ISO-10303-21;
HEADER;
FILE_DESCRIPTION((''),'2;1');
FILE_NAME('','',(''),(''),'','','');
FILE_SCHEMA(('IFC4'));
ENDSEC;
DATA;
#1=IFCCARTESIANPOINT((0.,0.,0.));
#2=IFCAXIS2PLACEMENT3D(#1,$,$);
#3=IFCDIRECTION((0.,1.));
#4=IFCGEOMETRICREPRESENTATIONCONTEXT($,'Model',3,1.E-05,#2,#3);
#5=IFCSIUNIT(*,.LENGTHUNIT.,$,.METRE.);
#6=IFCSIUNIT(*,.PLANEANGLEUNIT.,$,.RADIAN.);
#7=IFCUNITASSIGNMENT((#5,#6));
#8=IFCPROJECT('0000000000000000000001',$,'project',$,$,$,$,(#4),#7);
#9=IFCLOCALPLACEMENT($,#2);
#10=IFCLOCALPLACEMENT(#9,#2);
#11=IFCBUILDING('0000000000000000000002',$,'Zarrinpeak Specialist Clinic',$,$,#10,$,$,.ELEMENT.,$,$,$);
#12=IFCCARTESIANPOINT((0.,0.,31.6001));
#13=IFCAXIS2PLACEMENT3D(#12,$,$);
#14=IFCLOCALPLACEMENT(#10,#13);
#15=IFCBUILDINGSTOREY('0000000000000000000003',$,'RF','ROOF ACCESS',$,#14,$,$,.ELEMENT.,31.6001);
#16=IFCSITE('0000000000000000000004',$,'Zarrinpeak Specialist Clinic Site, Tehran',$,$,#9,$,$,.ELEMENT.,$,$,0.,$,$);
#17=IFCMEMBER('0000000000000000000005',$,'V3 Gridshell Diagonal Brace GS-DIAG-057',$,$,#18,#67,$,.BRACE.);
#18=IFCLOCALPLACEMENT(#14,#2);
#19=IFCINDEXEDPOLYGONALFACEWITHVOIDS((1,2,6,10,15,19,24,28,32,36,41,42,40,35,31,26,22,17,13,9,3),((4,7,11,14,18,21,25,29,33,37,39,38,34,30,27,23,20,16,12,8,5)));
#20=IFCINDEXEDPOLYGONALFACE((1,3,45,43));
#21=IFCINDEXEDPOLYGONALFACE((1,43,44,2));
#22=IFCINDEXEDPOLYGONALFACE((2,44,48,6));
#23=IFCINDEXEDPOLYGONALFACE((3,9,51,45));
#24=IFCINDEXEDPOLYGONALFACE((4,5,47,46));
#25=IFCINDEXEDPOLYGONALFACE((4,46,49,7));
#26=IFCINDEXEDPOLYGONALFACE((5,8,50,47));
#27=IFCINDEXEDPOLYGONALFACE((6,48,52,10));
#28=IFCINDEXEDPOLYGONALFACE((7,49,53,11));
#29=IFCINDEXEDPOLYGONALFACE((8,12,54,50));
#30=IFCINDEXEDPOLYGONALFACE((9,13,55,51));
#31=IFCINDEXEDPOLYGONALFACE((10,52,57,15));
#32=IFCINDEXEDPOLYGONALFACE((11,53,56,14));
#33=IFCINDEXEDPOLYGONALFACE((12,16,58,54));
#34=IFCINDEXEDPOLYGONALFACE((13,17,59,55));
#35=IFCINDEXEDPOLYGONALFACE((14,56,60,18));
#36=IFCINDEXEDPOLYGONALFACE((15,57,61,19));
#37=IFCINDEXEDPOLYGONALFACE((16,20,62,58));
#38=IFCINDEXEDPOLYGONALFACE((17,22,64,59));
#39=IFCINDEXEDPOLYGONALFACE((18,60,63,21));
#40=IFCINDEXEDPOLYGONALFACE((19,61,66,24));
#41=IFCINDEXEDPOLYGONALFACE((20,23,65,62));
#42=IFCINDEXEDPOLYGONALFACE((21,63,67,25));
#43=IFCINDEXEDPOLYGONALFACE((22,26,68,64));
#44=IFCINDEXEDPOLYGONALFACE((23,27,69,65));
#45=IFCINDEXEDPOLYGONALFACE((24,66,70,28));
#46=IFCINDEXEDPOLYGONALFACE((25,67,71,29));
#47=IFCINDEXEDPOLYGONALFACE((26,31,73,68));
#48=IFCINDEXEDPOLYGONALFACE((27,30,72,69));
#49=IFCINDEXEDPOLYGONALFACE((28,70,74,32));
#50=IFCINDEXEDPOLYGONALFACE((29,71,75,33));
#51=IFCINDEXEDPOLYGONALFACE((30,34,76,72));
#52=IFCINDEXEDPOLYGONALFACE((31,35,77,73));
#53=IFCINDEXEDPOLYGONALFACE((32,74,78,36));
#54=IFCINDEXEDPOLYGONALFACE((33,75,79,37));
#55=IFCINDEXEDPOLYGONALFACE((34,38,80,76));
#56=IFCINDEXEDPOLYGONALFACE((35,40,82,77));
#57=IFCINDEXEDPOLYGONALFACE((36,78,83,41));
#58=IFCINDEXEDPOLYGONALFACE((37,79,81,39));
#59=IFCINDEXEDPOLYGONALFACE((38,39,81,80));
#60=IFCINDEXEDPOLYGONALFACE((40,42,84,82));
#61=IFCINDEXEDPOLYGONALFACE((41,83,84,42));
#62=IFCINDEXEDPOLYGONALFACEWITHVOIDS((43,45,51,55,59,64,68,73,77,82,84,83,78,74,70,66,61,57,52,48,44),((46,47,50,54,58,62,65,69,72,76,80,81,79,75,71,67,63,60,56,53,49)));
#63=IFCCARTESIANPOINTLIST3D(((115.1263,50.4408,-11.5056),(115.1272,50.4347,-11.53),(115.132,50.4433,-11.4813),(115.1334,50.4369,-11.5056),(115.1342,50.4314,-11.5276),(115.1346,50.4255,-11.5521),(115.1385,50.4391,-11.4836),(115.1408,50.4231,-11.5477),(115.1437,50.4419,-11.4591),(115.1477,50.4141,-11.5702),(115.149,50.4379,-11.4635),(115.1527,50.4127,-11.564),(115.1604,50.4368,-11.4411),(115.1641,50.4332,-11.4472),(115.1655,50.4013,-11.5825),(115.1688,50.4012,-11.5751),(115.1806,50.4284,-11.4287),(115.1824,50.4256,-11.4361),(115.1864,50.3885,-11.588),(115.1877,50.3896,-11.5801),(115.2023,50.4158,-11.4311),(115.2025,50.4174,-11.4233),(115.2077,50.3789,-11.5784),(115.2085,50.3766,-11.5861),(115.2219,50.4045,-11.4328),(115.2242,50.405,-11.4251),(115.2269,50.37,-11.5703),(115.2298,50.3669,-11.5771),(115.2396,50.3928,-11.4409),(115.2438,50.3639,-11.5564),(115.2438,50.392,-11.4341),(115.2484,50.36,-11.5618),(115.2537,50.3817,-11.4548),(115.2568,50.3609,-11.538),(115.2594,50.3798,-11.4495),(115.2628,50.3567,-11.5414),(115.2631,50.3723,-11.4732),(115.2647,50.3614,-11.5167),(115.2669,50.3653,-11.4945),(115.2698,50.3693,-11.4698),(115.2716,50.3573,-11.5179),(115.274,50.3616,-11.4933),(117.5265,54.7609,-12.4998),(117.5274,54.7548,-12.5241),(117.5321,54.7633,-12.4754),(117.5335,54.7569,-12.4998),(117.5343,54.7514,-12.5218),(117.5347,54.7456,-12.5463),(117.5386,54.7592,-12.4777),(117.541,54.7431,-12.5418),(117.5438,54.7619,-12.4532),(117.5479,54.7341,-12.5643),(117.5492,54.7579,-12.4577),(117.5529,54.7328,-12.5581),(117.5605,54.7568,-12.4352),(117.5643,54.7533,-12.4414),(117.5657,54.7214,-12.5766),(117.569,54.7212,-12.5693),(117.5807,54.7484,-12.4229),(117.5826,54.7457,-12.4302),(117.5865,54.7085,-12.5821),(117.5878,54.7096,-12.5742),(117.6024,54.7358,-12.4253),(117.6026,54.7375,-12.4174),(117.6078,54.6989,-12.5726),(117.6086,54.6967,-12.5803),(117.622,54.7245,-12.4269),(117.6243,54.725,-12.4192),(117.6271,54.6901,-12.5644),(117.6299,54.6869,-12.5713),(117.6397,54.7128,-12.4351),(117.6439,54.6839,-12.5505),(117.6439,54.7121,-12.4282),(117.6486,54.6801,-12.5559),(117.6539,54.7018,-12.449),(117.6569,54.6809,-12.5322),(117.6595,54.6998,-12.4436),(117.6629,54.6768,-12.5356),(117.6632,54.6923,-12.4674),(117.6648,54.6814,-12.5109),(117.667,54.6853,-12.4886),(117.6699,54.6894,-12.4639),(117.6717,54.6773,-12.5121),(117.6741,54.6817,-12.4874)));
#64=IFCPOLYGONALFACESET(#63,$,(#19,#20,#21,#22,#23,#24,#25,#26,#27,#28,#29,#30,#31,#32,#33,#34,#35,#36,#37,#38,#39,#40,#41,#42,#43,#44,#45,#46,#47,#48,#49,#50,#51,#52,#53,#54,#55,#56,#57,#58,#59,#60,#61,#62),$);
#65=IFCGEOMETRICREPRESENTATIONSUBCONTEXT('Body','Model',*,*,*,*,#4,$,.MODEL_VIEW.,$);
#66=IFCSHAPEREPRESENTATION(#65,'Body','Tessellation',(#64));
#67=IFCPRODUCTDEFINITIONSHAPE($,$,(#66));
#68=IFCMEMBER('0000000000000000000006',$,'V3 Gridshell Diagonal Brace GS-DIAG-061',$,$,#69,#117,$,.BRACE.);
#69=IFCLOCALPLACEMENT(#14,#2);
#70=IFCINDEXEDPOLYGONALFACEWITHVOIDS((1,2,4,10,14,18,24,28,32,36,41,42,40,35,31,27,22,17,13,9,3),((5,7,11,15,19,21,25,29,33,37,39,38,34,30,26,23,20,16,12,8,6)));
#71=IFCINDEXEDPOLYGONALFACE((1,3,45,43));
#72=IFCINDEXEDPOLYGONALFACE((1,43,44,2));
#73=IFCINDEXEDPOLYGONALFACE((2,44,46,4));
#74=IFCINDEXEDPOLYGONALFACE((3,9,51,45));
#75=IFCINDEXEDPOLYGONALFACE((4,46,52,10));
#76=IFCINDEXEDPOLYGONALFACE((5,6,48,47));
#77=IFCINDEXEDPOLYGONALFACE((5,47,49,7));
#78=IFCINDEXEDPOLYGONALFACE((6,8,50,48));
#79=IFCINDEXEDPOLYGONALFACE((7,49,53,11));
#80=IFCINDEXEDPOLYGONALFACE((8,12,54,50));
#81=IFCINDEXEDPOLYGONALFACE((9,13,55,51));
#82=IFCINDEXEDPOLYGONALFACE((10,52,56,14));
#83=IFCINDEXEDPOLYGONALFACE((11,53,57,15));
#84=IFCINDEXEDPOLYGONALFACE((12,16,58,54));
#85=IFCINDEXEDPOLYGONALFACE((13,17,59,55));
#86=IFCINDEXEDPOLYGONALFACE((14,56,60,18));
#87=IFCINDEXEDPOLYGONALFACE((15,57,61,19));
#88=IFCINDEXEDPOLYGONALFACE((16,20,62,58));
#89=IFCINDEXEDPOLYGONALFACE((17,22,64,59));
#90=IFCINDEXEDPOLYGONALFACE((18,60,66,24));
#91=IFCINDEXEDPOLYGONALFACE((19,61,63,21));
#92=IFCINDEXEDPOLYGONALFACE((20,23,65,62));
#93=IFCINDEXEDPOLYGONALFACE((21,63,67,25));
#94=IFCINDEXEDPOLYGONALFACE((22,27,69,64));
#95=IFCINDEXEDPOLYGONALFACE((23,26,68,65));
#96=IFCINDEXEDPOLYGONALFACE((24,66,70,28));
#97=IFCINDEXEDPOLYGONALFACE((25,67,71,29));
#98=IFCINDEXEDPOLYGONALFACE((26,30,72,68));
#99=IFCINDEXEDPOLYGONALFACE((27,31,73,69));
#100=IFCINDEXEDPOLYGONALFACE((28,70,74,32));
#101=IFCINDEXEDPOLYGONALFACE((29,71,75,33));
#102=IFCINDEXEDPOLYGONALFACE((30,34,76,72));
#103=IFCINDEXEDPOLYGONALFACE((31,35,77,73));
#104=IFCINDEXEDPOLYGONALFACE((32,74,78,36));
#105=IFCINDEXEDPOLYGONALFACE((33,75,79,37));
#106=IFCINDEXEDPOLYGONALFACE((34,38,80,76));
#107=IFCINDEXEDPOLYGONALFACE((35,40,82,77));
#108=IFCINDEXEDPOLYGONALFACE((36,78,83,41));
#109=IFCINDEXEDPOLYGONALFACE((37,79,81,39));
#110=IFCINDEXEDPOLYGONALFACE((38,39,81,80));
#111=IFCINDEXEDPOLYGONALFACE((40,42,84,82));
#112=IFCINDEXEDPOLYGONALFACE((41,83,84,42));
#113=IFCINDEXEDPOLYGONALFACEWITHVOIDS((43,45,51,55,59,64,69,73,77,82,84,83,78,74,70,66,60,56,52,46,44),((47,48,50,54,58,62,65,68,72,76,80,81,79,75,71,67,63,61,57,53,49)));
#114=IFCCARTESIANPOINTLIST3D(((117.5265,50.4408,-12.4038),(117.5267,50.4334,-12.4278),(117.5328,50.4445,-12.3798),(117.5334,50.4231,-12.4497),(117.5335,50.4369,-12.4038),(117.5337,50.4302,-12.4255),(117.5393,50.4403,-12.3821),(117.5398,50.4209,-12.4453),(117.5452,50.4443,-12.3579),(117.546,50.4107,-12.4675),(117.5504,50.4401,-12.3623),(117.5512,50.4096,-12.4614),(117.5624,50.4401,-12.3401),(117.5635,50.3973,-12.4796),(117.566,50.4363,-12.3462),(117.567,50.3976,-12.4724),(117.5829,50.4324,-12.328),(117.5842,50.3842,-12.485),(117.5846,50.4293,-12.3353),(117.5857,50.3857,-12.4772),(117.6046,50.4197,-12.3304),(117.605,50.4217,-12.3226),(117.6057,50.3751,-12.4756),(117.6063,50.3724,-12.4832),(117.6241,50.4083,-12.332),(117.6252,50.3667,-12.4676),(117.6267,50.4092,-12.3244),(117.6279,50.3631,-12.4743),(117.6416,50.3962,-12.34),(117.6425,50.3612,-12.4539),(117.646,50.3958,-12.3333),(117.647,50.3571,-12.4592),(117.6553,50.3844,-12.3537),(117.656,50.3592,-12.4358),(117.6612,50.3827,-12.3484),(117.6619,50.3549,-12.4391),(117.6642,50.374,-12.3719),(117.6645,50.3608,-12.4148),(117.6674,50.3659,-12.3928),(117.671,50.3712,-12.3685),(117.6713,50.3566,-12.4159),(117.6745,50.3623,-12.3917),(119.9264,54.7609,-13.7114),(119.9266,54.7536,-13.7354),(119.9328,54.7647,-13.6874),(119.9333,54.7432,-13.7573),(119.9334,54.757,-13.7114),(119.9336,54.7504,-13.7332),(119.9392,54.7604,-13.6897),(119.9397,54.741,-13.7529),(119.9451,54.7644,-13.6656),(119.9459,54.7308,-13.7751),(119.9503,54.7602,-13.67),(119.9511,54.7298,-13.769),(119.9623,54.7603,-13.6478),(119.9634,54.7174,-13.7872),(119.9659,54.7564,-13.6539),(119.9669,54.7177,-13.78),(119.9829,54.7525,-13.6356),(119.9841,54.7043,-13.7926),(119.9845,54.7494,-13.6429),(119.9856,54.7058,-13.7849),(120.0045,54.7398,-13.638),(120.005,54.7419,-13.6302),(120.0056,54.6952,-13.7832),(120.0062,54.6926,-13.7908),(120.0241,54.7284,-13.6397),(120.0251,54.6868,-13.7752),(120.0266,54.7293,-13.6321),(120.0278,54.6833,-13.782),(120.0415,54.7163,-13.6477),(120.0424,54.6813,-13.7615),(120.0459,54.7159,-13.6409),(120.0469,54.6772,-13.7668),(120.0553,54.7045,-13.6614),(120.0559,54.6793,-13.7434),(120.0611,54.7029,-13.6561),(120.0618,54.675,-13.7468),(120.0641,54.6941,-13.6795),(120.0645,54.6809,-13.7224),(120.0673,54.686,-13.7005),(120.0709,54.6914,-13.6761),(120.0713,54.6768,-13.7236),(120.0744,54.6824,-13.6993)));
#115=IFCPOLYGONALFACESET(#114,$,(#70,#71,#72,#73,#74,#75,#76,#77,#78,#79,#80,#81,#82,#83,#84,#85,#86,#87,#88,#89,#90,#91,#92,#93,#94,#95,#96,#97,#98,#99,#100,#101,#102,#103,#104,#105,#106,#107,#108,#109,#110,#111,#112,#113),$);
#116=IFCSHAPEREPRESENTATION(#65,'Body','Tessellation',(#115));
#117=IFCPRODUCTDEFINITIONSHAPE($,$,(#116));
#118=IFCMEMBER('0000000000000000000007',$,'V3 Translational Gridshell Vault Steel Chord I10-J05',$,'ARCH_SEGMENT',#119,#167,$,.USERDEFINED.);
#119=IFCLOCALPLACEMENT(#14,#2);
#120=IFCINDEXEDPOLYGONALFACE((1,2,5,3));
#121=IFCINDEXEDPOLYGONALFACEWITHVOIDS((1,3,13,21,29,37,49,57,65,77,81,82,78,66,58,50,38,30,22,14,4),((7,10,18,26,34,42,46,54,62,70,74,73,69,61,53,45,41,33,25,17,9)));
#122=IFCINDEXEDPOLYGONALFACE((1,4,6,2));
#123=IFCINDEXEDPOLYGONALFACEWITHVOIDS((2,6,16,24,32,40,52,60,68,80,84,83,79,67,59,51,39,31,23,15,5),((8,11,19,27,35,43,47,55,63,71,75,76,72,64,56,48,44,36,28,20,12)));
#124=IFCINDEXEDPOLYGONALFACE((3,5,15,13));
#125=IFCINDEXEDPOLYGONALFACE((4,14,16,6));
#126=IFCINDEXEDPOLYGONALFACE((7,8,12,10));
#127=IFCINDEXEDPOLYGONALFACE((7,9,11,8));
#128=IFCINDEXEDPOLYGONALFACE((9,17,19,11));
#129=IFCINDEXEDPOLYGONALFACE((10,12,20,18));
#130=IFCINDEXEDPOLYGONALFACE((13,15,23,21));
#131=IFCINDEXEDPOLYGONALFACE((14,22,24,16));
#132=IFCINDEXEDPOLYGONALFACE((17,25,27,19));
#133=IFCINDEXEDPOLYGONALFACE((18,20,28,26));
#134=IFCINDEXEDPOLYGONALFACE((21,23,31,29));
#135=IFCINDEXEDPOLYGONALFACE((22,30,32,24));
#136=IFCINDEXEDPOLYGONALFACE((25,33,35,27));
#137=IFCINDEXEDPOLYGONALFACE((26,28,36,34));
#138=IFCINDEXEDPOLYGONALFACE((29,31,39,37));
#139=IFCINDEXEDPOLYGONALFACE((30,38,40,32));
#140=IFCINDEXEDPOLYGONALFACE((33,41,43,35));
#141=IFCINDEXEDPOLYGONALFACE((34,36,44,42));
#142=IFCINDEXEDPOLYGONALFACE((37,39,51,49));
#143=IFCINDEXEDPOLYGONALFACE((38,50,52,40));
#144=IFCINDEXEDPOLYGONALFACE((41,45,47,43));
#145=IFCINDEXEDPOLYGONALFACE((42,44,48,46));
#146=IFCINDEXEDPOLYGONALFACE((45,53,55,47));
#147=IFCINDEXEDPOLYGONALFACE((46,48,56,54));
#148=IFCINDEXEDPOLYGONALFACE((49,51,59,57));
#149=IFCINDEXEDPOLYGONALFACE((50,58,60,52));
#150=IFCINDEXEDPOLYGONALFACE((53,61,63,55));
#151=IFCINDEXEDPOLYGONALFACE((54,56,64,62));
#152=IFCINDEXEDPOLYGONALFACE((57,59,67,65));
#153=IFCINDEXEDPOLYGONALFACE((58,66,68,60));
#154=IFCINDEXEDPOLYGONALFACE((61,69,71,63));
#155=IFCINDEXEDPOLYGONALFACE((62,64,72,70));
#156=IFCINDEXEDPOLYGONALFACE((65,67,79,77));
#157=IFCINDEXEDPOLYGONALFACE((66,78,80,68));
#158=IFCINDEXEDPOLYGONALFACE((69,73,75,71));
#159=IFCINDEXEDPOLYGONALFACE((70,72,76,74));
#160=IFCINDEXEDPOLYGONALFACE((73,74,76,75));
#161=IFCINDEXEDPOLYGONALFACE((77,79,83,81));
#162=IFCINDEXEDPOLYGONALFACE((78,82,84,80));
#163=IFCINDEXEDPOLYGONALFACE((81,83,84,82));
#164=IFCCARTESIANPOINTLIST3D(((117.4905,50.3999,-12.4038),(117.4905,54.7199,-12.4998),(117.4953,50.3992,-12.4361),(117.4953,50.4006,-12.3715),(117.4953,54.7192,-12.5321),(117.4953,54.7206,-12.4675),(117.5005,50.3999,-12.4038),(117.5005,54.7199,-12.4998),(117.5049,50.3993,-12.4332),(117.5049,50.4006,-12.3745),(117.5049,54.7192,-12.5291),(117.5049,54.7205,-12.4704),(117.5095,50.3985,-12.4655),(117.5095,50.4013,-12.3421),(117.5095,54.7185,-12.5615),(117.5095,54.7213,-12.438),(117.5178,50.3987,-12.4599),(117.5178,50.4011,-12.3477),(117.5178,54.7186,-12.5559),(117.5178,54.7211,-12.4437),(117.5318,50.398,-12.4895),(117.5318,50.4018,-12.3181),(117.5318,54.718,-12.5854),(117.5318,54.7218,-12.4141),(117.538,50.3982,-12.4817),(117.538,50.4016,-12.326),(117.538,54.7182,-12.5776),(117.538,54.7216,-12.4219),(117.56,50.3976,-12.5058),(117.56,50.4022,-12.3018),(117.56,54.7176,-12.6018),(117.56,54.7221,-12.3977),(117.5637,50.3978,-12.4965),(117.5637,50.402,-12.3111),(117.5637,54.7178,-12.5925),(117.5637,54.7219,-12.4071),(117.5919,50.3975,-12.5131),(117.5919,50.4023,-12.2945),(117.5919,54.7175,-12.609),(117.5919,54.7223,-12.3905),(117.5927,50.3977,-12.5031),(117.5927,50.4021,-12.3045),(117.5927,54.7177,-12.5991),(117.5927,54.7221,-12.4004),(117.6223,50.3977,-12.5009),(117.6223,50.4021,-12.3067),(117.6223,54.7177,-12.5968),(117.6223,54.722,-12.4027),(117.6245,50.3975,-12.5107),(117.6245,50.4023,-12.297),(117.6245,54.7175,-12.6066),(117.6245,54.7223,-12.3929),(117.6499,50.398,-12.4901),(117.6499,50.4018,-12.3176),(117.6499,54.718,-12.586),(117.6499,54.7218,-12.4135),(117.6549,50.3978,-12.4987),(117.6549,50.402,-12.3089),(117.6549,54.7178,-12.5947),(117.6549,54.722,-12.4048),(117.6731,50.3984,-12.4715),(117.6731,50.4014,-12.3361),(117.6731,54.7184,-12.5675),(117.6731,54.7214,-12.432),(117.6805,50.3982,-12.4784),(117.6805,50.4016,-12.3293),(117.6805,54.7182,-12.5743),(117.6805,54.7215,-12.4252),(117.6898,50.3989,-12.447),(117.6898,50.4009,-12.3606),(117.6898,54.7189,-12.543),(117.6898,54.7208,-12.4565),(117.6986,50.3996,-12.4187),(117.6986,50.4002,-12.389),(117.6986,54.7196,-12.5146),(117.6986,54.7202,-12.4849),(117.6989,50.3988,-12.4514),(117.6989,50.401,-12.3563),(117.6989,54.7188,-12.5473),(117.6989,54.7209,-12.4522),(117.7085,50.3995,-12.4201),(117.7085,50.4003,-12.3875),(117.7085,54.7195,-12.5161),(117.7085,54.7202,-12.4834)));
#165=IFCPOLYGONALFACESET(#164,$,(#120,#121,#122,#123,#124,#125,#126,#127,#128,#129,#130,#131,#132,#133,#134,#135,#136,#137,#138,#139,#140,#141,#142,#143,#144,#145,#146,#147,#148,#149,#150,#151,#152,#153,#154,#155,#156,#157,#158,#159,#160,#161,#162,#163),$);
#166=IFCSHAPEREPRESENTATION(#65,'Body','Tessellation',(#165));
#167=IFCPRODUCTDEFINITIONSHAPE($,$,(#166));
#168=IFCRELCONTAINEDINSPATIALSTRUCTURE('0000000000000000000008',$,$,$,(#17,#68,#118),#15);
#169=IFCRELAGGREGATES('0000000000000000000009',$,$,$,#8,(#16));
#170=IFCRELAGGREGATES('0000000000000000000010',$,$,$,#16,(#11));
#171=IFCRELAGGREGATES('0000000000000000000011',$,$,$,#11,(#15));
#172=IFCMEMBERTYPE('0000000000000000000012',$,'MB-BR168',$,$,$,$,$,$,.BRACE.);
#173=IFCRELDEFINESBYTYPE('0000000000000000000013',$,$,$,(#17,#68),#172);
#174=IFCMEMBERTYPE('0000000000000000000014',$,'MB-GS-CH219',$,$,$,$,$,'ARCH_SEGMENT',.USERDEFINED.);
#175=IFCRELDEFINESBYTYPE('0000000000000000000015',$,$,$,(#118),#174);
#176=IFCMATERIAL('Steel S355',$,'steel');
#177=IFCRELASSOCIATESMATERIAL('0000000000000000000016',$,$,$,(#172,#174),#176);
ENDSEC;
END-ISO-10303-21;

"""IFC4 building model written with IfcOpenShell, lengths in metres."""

from ifc_helpers import new_model, si_unit, direction, frame, origin, origin_2d, place, context, subcontext, project, spatial, hollow_circle, extrude, material, material_profile, profile_set, type_object, element, save


model = new_model("IFC4")

# Units and contexts
model_context = context("Model", 3, precision=1e-05, world=origin(), true_north=direction((0.0, 1.0)))
body_context = subcontext(model_context, "Body", "Model", "MODEL_VIEW")
ifc_project = project(units=[si_unit("LENGTHUNIT", "METRE"), si_unit("PLANEANGLEUNIT", "RADIAN")], contexts=[model_context])

# Site, building, storey
site_placement = place(None, origin())
site = spatial("IfcSite", under=ifc_project, at=site_placement, Name="Zarrinpeak Specialist Clinic Site, Tehran", CompositionType="ELEMENT", RefElevation=0.0)
building_placement = place(site_placement, origin())
building = spatial("IfcBuilding", under=site, at=building_placement, Name="Zarrinpeak Specialist Clinic", CompositionType="ELEMENT")
storey_placement = place(building_placement, frame((0.0, 0.0, 31.6001)))
storey = spatial("IfcBuildingStorey", under=building, at=storey_placement, Name="RF", Description="ROOF ACCESS", CompositionType="ELEMENT", Elevation=31.6001)

# Members
ifc_material_1 = material(Name="Steel S355", Category="steel")
ifc_material_profile_1 = material_profile(ifc_material_1, hollow_circle(Radius=0.0842, WallThickness=0.0081, at=origin_2d()), Name="CHS 168.3x8.0")
ifc_profile_set_1 = profile_set([ifc_material_profile_1], Name="Steel S355")
member_type_1 = type_object("IfcMemberType", Name="MB-BR168", PredefinedType="BRACE", material=ifc_profile_set_1)
member_1_placement = place(storey_placement, frame((115.2, 50.3999, -11.5056), z_axis=(0.476122, 0.856981, -0.19721), x_axis=(-0.874148, 0.48566, 0.0)))
element("IfcMember", 1, at=member_1_placement, inside=storey, type_object=member_type_1, Name="V3 Gridshell Diagonal Brace GS-DIAG-057", PredefinedType="BRACE", context=body_context, shape_type="SweptSolid", body=[
    extrude(hollow_circle(Radius=0.0842, WallThickness=0.0081, at=origin_2d()), origin(), (0.0, 0.0, 1.0), 5.041),
])
member_2_placement = place(storey_placement, frame((117.6001, 50.3999, -12.4038), z_axis=(0.469466, 0.845086, -0.255794), x_axis=(-0.874169, 0.485622, 0.0)))
element("IfcMember", 2, at=member_2_placement, inside=storey, type_object=member_type_1, Name="V3 Gridshell Diagonal Brace GS-DIAG-061", PredefinedType="BRACE", context=body_context, shape_type="SweptSolid", body=[
    extrude(hollow_circle(Radius=0.0842, WallThickness=0.0081, at=origin_2d()), origin(), (0.0, 0.0, 1.0), 5.1121),
])
ifc_material_profile_2 = material_profile(ifc_material_1, hollow_circle(Radius=0.1096, WallThickness=0.01, at=origin_2d()), Name="CHS 219.1x10.0")
ifc_profile_set_2 = profile_set([ifc_material_profile_2], Name="Steel S355")
member_type_2 = type_object("IfcMemberType", Name="MB-GS-CH219", ElementType="ARCH_SEGMENT", PredefinedType="USERDEFINED", material=ifc_profile_set_2)
member_3_placement = place(storey_placement, frame((117.6001, 50.3999, -12.4038), z_axis=(0.0, 0.999753, -0.022204), x_axis=(-1.0, 0.0, 0.0)))
element("IfcMember", 3, at=member_3_placement, inside=storey, type_object=member_type_2, Name="V3 Translational Gridshell Vault Steel Chord I10-J05", ObjectType="ARCH_SEGMENT", PredefinedType="USERDEFINED", context=body_context, shape_type="SweptSolid", body=[
    extrude(hollow_circle(Radius=0.1096, WallThickness=0.01, at=origin_2d()), origin(), (0.0, 0.0, 1.0), 4.321),
])

save(model, "model.ifc")
